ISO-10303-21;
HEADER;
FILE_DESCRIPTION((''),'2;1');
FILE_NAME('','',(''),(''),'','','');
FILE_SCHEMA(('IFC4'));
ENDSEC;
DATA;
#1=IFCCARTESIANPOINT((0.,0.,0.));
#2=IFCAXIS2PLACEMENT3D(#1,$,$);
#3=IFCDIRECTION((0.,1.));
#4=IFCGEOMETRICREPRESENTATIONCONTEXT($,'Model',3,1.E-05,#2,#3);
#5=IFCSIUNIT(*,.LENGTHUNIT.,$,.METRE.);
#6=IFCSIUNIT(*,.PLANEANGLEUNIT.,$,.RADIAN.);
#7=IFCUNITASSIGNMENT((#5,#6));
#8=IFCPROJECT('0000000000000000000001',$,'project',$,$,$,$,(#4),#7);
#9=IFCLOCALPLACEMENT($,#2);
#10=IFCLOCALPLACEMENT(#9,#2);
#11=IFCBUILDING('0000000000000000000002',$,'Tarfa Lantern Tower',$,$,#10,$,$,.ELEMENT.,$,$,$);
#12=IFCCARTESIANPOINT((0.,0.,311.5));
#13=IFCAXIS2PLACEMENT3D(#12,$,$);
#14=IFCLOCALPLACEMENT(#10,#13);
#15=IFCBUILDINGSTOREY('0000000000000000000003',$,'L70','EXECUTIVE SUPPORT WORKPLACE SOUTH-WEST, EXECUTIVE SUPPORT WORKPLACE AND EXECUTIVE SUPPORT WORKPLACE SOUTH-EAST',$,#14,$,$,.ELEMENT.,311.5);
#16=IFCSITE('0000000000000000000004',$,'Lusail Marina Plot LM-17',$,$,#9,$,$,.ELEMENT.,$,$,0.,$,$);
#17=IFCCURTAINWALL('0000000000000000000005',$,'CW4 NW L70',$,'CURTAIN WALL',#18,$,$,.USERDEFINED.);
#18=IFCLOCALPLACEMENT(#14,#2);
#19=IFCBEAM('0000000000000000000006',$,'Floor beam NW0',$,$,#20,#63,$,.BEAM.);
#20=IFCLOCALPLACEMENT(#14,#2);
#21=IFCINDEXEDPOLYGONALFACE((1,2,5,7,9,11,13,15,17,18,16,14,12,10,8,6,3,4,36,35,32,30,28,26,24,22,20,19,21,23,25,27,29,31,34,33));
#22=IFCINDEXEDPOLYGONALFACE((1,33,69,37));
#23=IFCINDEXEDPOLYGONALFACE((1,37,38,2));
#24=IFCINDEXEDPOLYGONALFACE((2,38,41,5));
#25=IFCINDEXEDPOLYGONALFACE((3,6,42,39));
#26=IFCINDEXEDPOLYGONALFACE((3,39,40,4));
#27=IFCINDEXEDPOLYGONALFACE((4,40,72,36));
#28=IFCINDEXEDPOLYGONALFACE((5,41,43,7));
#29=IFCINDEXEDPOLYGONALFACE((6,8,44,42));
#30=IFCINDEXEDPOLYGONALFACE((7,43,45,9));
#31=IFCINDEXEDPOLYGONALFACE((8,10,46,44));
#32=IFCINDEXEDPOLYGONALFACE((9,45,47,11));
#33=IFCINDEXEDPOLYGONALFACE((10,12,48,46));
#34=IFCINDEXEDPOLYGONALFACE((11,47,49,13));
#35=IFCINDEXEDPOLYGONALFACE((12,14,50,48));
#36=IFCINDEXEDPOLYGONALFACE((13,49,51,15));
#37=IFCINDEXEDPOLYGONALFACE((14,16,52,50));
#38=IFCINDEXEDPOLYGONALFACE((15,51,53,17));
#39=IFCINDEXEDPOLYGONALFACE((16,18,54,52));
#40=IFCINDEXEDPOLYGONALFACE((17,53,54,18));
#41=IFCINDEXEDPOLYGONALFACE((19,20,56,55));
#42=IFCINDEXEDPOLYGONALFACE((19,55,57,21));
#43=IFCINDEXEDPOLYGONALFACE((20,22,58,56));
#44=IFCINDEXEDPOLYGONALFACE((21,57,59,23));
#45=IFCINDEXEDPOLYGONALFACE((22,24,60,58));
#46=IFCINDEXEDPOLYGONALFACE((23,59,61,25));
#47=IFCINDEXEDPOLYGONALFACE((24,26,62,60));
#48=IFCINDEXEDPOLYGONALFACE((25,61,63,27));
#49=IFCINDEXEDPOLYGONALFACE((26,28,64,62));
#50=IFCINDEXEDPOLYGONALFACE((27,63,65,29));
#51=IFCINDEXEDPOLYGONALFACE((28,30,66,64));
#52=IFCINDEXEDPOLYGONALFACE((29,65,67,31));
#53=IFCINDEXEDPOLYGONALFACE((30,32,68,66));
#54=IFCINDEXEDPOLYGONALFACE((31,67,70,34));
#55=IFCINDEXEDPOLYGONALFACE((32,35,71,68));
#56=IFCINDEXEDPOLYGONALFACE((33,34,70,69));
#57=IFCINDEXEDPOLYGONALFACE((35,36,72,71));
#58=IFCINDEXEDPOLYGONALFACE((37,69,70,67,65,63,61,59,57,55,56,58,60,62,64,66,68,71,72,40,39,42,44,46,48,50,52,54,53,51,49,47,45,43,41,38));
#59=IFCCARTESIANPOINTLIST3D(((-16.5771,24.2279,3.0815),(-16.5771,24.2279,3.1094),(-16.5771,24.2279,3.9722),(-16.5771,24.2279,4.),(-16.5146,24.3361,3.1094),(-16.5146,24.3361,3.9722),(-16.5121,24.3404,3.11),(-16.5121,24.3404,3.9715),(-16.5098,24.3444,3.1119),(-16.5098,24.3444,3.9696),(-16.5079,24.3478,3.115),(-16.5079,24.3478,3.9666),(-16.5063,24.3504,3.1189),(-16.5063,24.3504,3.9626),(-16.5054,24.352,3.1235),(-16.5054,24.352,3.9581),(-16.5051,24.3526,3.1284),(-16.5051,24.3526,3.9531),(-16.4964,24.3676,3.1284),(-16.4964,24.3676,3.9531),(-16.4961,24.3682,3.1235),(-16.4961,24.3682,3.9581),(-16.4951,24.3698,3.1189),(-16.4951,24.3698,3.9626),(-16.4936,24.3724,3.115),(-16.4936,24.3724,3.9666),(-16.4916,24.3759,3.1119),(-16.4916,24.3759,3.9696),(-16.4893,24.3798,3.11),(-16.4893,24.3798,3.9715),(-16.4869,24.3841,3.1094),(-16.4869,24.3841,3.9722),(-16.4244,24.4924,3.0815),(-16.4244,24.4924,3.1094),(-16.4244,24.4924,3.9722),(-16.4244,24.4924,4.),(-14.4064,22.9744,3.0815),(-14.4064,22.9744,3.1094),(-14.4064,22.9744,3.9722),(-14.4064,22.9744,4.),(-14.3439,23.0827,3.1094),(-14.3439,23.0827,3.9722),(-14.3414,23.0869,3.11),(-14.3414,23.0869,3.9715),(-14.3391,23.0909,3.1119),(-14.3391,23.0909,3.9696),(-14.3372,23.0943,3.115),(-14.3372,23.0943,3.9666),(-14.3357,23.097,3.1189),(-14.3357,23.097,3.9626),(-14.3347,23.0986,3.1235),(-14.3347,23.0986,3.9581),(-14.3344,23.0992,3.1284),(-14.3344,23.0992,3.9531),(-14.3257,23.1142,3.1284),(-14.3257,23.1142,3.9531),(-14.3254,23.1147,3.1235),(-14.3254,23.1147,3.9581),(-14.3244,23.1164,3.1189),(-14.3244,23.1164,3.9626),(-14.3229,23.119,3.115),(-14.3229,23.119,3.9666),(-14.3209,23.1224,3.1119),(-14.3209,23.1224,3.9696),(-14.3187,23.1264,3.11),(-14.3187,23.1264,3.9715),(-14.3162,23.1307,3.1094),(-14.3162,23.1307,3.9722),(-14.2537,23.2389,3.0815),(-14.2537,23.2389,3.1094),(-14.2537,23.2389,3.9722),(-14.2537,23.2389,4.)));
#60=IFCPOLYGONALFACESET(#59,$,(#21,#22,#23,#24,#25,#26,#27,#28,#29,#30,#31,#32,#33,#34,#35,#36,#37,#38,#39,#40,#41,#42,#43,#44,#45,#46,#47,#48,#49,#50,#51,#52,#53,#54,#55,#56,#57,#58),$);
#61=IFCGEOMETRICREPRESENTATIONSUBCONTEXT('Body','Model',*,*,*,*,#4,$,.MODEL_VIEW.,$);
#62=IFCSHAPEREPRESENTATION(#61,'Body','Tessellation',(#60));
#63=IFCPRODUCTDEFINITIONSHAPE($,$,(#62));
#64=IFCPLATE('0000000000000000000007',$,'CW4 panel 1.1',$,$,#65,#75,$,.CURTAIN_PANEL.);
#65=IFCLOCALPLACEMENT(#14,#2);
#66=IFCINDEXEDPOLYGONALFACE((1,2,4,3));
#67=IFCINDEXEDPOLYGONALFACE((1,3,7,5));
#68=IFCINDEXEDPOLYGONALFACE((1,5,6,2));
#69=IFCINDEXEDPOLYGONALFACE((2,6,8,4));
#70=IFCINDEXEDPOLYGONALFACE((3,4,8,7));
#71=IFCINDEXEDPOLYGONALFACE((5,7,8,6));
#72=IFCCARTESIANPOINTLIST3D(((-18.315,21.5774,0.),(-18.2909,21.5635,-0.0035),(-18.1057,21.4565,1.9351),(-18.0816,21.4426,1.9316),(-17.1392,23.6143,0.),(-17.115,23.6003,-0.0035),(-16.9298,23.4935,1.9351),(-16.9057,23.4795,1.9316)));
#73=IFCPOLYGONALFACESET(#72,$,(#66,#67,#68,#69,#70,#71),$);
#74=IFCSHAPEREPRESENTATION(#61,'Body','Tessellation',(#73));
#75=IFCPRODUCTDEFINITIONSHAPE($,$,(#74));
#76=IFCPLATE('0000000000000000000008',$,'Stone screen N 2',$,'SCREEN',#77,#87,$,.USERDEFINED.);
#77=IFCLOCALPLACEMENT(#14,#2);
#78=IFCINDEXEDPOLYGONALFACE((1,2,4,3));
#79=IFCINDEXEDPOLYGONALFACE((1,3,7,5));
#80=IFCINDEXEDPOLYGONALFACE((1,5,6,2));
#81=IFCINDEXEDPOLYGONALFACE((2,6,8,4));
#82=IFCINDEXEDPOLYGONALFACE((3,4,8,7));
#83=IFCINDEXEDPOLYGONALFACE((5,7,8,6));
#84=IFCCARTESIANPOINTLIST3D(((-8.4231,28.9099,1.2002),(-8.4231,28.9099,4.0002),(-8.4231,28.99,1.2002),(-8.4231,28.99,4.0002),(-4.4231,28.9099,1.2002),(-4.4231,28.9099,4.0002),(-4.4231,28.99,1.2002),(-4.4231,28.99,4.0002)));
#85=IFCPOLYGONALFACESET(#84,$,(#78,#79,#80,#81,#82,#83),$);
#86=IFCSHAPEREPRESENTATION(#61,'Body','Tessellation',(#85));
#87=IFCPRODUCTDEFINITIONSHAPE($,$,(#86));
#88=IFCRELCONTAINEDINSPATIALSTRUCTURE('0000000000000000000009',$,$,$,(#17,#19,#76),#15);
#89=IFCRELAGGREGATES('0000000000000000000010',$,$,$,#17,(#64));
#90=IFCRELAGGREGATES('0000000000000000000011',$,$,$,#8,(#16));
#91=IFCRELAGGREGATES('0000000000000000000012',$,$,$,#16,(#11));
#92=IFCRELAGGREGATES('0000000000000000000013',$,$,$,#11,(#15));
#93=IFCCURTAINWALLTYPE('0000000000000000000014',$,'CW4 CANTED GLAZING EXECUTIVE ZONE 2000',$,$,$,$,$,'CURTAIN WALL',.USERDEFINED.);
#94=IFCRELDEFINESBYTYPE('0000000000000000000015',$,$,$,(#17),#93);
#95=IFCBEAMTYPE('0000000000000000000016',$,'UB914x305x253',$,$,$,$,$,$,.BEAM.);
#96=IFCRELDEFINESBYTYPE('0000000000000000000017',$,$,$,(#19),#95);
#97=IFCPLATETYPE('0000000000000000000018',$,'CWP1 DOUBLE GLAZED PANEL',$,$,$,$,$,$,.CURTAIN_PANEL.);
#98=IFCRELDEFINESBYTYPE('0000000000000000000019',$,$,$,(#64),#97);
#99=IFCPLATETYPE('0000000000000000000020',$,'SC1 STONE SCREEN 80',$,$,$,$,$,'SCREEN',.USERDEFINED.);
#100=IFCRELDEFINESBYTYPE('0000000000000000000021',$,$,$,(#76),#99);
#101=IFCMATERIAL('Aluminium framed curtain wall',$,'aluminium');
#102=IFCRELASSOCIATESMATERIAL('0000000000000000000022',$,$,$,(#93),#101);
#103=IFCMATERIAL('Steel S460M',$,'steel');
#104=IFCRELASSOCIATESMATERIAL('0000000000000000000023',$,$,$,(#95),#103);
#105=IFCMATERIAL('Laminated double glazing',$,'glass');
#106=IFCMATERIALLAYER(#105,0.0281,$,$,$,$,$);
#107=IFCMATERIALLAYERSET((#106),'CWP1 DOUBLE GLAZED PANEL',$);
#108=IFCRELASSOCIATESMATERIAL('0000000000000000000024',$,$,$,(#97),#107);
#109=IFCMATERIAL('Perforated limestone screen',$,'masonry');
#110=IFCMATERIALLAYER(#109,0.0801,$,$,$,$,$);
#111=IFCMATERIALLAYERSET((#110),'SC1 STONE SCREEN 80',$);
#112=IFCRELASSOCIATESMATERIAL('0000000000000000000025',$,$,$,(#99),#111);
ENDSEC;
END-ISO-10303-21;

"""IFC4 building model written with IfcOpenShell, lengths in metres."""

from ifc_helpers import new_model, si_unit, direction, frame, origin, origin_2d, place, context, subcontext, project, spatial, polyline, rectangle, i_section, outline, extrude, material, layer, layer_set, material_profile, profile_set, type_object, element, aggregate, save


model = new_model("IFC4")

# Units and contexts
model_context = context("Model", 3, precision=1e-05, world=origin(), true_north=direction((0.0, 1.0)))
body_context = subcontext(model_context, "Body", "Model", "MODEL_VIEW")
ifc_project = project(units=[si_unit("LENGTHUNIT", "METRE"), si_unit("PLANEANGLEUNIT", "RADIAN")], contexts=[model_context])

# Site, building, storey
site_placement = place(None, origin())
site = spatial("IfcSite", under=ifc_project, at=site_placement, Name="Lusail Marina Plot LM-17", CompositionType="ELEMENT", RefElevation=0.0)
building_placement = place(site_placement, origin())
building = spatial("IfcBuilding", under=site, at=building_placement, Name="Tarfa Lantern Tower", CompositionType="ELEMENT")
storey_placement = place(building_placement, frame((0.0, 0.0, 311.5)))
storey = spatial("IfcBuildingStorey", under=building, at=storey_placement, Name="L70", Description="EXECUTIVE SUPPORT WORKPLACE SOUTH-WEST, EXECUTIVE SUPPORT WORKPLACE AND EXECUTIVE SUPPORT WORKPLACE SOUTH-EAST", CompositionType="ELEMENT", Elevation=311.5)

# Shared definitions
ifc_material_1 = material(Name="Steel S460M", Category="steel")

# Curtain wall
ifc_material_2 = material(Name="Aluminium framed curtain wall", Category="aluminium")
curtain_wall_type = type_object("IfcCurtainWallType", Name="CW4 CANTED GLAZING EXECUTIVE ZONE 2000", ElementType="CURTAIN WALL", PredefinedType="USERDEFINED", material=ifc_material_2)
curtain_wall_placement = place(storey_placement, origin())
curtain_wall = element("IfcCurtainWall", 1, at=curtain_wall_placement, inside=storey, type_object=curtain_wall_type, Name="CW4 NW L70", ObjectType="CURTAIN WALL", PredefinedType="USERDEFINED")

# Beam
ifc_material_profile_1 = material_profile(ifc_material_1, i_section(OverallWidth=0.3054, OverallDepth=0.9185, WebThickness=0.0173, FlangeThickness=0.0278, FilletRadius=0.019, at=origin_2d()), Name="UB914x305x253")
ifc_profile_set_1 = profile_set([ifc_material_profile_1], Name="Steel S460M")
beam_type_1 = type_object("IfcBeamType", Name="UB914x305x253", PredefinedType="BEAM", material=ifc_profile_set_1)
beam_1_placement = place(storey_placement, frame((-16.5007, 24.3601, 3.5408), z_axis=(0.865993, -0.500057, 0.0), x_axis=(0.500057, 0.865993, 0.0)))
element("IfcBeam", 2, at=beam_1_placement, inside=storey, type_object=beam_type_1, Name="Floor beam NW0", PredefinedType="BEAM", context=body_context, shape_type="SweptSolid", body=[
    extrude(i_section(OverallWidth=0.3054, OverallDepth=0.9185, WebThickness=0.0173, FlangeThickness=0.0278, FilletRadius=0.019, at=origin_2d()), origin(), (0.0, 0.0, 1.0), 2.5066),
])

# Plates
ifc_material_3 = material(Name="Laminated double glazing", Category="glass")
ifc_layer_1 = layer(ifc_material_3, 0.0281)
ifc_layer_set_1 = layer_set([ifc_layer_1], Name="CWP1 DOUBLE GLAZED PANEL")
plate_type_1 = type_object("IfcPlateType", Name="CWP1 DOUBLE GLAZED PANEL", PredefinedType="CURTAIN_PANEL", material=ifc_layer_set_1)
plate_1_placement = place(storey_placement, frame((-17.1392, 23.6143, 0.0), z_axis=(-0.859361, 0.496118, 0.123957), x_axis=(-0.499973, -0.866041, 0.000006)))
plate_1 = element("IfcPlate", 3, at=plate_1_placement, type_object=plate_type_1, Name="CW4 panel 1.1", PredefinedType="CURTAIN_PANEL", context=body_context, shape_type="SweptSolid", body=[
    extrude(outline(polyline([(0.0, 0.0), (2.3519, 0.0), (2.3519, 1.9501), (-0.0001, 1.9501), (0.0, 0.0)])), origin(), (0.0, 0.0, -1.0), 0.0281),
])
aggregate(curtain_wall, [plate_1])
ifc_material_4 = material(Name="Perforated limestone screen", Category="masonry")
ifc_layer_2 = layer(ifc_material_4, 0.0801)
ifc_layer_set_2 = layer_set([ifc_layer_2], Name="SC1 STONE SCREEN 80")
plate_type_2 = type_object("IfcPlateType", Name="SC1 STONE SCREEN 80", ElementType="SCREEN", PredefinedType="USERDEFINED", material=ifc_layer_set_2)
plate_2_placement = place(storey_placement, frame((-6.4231, 28.95, 1.2002), z_axis=(0.0, 0.0, 1.0), x_axis=(-1.0, 0.0, 0.0)))
element("IfcPlate", 4, at=plate_2_placement, inside=storey, type_object=plate_type_2, Name="Stone screen N 2", ObjectType="SCREEN", PredefinedType="USERDEFINED", context=body_context, shape_type="SweptSolid", body=[
    extrude(rectangle(XDim=4.0, YDim=0.0801, at=origin_2d()), origin(), (0.0, 0.0, 1.0), 2.8),
])

save(model, "model.ifc")
